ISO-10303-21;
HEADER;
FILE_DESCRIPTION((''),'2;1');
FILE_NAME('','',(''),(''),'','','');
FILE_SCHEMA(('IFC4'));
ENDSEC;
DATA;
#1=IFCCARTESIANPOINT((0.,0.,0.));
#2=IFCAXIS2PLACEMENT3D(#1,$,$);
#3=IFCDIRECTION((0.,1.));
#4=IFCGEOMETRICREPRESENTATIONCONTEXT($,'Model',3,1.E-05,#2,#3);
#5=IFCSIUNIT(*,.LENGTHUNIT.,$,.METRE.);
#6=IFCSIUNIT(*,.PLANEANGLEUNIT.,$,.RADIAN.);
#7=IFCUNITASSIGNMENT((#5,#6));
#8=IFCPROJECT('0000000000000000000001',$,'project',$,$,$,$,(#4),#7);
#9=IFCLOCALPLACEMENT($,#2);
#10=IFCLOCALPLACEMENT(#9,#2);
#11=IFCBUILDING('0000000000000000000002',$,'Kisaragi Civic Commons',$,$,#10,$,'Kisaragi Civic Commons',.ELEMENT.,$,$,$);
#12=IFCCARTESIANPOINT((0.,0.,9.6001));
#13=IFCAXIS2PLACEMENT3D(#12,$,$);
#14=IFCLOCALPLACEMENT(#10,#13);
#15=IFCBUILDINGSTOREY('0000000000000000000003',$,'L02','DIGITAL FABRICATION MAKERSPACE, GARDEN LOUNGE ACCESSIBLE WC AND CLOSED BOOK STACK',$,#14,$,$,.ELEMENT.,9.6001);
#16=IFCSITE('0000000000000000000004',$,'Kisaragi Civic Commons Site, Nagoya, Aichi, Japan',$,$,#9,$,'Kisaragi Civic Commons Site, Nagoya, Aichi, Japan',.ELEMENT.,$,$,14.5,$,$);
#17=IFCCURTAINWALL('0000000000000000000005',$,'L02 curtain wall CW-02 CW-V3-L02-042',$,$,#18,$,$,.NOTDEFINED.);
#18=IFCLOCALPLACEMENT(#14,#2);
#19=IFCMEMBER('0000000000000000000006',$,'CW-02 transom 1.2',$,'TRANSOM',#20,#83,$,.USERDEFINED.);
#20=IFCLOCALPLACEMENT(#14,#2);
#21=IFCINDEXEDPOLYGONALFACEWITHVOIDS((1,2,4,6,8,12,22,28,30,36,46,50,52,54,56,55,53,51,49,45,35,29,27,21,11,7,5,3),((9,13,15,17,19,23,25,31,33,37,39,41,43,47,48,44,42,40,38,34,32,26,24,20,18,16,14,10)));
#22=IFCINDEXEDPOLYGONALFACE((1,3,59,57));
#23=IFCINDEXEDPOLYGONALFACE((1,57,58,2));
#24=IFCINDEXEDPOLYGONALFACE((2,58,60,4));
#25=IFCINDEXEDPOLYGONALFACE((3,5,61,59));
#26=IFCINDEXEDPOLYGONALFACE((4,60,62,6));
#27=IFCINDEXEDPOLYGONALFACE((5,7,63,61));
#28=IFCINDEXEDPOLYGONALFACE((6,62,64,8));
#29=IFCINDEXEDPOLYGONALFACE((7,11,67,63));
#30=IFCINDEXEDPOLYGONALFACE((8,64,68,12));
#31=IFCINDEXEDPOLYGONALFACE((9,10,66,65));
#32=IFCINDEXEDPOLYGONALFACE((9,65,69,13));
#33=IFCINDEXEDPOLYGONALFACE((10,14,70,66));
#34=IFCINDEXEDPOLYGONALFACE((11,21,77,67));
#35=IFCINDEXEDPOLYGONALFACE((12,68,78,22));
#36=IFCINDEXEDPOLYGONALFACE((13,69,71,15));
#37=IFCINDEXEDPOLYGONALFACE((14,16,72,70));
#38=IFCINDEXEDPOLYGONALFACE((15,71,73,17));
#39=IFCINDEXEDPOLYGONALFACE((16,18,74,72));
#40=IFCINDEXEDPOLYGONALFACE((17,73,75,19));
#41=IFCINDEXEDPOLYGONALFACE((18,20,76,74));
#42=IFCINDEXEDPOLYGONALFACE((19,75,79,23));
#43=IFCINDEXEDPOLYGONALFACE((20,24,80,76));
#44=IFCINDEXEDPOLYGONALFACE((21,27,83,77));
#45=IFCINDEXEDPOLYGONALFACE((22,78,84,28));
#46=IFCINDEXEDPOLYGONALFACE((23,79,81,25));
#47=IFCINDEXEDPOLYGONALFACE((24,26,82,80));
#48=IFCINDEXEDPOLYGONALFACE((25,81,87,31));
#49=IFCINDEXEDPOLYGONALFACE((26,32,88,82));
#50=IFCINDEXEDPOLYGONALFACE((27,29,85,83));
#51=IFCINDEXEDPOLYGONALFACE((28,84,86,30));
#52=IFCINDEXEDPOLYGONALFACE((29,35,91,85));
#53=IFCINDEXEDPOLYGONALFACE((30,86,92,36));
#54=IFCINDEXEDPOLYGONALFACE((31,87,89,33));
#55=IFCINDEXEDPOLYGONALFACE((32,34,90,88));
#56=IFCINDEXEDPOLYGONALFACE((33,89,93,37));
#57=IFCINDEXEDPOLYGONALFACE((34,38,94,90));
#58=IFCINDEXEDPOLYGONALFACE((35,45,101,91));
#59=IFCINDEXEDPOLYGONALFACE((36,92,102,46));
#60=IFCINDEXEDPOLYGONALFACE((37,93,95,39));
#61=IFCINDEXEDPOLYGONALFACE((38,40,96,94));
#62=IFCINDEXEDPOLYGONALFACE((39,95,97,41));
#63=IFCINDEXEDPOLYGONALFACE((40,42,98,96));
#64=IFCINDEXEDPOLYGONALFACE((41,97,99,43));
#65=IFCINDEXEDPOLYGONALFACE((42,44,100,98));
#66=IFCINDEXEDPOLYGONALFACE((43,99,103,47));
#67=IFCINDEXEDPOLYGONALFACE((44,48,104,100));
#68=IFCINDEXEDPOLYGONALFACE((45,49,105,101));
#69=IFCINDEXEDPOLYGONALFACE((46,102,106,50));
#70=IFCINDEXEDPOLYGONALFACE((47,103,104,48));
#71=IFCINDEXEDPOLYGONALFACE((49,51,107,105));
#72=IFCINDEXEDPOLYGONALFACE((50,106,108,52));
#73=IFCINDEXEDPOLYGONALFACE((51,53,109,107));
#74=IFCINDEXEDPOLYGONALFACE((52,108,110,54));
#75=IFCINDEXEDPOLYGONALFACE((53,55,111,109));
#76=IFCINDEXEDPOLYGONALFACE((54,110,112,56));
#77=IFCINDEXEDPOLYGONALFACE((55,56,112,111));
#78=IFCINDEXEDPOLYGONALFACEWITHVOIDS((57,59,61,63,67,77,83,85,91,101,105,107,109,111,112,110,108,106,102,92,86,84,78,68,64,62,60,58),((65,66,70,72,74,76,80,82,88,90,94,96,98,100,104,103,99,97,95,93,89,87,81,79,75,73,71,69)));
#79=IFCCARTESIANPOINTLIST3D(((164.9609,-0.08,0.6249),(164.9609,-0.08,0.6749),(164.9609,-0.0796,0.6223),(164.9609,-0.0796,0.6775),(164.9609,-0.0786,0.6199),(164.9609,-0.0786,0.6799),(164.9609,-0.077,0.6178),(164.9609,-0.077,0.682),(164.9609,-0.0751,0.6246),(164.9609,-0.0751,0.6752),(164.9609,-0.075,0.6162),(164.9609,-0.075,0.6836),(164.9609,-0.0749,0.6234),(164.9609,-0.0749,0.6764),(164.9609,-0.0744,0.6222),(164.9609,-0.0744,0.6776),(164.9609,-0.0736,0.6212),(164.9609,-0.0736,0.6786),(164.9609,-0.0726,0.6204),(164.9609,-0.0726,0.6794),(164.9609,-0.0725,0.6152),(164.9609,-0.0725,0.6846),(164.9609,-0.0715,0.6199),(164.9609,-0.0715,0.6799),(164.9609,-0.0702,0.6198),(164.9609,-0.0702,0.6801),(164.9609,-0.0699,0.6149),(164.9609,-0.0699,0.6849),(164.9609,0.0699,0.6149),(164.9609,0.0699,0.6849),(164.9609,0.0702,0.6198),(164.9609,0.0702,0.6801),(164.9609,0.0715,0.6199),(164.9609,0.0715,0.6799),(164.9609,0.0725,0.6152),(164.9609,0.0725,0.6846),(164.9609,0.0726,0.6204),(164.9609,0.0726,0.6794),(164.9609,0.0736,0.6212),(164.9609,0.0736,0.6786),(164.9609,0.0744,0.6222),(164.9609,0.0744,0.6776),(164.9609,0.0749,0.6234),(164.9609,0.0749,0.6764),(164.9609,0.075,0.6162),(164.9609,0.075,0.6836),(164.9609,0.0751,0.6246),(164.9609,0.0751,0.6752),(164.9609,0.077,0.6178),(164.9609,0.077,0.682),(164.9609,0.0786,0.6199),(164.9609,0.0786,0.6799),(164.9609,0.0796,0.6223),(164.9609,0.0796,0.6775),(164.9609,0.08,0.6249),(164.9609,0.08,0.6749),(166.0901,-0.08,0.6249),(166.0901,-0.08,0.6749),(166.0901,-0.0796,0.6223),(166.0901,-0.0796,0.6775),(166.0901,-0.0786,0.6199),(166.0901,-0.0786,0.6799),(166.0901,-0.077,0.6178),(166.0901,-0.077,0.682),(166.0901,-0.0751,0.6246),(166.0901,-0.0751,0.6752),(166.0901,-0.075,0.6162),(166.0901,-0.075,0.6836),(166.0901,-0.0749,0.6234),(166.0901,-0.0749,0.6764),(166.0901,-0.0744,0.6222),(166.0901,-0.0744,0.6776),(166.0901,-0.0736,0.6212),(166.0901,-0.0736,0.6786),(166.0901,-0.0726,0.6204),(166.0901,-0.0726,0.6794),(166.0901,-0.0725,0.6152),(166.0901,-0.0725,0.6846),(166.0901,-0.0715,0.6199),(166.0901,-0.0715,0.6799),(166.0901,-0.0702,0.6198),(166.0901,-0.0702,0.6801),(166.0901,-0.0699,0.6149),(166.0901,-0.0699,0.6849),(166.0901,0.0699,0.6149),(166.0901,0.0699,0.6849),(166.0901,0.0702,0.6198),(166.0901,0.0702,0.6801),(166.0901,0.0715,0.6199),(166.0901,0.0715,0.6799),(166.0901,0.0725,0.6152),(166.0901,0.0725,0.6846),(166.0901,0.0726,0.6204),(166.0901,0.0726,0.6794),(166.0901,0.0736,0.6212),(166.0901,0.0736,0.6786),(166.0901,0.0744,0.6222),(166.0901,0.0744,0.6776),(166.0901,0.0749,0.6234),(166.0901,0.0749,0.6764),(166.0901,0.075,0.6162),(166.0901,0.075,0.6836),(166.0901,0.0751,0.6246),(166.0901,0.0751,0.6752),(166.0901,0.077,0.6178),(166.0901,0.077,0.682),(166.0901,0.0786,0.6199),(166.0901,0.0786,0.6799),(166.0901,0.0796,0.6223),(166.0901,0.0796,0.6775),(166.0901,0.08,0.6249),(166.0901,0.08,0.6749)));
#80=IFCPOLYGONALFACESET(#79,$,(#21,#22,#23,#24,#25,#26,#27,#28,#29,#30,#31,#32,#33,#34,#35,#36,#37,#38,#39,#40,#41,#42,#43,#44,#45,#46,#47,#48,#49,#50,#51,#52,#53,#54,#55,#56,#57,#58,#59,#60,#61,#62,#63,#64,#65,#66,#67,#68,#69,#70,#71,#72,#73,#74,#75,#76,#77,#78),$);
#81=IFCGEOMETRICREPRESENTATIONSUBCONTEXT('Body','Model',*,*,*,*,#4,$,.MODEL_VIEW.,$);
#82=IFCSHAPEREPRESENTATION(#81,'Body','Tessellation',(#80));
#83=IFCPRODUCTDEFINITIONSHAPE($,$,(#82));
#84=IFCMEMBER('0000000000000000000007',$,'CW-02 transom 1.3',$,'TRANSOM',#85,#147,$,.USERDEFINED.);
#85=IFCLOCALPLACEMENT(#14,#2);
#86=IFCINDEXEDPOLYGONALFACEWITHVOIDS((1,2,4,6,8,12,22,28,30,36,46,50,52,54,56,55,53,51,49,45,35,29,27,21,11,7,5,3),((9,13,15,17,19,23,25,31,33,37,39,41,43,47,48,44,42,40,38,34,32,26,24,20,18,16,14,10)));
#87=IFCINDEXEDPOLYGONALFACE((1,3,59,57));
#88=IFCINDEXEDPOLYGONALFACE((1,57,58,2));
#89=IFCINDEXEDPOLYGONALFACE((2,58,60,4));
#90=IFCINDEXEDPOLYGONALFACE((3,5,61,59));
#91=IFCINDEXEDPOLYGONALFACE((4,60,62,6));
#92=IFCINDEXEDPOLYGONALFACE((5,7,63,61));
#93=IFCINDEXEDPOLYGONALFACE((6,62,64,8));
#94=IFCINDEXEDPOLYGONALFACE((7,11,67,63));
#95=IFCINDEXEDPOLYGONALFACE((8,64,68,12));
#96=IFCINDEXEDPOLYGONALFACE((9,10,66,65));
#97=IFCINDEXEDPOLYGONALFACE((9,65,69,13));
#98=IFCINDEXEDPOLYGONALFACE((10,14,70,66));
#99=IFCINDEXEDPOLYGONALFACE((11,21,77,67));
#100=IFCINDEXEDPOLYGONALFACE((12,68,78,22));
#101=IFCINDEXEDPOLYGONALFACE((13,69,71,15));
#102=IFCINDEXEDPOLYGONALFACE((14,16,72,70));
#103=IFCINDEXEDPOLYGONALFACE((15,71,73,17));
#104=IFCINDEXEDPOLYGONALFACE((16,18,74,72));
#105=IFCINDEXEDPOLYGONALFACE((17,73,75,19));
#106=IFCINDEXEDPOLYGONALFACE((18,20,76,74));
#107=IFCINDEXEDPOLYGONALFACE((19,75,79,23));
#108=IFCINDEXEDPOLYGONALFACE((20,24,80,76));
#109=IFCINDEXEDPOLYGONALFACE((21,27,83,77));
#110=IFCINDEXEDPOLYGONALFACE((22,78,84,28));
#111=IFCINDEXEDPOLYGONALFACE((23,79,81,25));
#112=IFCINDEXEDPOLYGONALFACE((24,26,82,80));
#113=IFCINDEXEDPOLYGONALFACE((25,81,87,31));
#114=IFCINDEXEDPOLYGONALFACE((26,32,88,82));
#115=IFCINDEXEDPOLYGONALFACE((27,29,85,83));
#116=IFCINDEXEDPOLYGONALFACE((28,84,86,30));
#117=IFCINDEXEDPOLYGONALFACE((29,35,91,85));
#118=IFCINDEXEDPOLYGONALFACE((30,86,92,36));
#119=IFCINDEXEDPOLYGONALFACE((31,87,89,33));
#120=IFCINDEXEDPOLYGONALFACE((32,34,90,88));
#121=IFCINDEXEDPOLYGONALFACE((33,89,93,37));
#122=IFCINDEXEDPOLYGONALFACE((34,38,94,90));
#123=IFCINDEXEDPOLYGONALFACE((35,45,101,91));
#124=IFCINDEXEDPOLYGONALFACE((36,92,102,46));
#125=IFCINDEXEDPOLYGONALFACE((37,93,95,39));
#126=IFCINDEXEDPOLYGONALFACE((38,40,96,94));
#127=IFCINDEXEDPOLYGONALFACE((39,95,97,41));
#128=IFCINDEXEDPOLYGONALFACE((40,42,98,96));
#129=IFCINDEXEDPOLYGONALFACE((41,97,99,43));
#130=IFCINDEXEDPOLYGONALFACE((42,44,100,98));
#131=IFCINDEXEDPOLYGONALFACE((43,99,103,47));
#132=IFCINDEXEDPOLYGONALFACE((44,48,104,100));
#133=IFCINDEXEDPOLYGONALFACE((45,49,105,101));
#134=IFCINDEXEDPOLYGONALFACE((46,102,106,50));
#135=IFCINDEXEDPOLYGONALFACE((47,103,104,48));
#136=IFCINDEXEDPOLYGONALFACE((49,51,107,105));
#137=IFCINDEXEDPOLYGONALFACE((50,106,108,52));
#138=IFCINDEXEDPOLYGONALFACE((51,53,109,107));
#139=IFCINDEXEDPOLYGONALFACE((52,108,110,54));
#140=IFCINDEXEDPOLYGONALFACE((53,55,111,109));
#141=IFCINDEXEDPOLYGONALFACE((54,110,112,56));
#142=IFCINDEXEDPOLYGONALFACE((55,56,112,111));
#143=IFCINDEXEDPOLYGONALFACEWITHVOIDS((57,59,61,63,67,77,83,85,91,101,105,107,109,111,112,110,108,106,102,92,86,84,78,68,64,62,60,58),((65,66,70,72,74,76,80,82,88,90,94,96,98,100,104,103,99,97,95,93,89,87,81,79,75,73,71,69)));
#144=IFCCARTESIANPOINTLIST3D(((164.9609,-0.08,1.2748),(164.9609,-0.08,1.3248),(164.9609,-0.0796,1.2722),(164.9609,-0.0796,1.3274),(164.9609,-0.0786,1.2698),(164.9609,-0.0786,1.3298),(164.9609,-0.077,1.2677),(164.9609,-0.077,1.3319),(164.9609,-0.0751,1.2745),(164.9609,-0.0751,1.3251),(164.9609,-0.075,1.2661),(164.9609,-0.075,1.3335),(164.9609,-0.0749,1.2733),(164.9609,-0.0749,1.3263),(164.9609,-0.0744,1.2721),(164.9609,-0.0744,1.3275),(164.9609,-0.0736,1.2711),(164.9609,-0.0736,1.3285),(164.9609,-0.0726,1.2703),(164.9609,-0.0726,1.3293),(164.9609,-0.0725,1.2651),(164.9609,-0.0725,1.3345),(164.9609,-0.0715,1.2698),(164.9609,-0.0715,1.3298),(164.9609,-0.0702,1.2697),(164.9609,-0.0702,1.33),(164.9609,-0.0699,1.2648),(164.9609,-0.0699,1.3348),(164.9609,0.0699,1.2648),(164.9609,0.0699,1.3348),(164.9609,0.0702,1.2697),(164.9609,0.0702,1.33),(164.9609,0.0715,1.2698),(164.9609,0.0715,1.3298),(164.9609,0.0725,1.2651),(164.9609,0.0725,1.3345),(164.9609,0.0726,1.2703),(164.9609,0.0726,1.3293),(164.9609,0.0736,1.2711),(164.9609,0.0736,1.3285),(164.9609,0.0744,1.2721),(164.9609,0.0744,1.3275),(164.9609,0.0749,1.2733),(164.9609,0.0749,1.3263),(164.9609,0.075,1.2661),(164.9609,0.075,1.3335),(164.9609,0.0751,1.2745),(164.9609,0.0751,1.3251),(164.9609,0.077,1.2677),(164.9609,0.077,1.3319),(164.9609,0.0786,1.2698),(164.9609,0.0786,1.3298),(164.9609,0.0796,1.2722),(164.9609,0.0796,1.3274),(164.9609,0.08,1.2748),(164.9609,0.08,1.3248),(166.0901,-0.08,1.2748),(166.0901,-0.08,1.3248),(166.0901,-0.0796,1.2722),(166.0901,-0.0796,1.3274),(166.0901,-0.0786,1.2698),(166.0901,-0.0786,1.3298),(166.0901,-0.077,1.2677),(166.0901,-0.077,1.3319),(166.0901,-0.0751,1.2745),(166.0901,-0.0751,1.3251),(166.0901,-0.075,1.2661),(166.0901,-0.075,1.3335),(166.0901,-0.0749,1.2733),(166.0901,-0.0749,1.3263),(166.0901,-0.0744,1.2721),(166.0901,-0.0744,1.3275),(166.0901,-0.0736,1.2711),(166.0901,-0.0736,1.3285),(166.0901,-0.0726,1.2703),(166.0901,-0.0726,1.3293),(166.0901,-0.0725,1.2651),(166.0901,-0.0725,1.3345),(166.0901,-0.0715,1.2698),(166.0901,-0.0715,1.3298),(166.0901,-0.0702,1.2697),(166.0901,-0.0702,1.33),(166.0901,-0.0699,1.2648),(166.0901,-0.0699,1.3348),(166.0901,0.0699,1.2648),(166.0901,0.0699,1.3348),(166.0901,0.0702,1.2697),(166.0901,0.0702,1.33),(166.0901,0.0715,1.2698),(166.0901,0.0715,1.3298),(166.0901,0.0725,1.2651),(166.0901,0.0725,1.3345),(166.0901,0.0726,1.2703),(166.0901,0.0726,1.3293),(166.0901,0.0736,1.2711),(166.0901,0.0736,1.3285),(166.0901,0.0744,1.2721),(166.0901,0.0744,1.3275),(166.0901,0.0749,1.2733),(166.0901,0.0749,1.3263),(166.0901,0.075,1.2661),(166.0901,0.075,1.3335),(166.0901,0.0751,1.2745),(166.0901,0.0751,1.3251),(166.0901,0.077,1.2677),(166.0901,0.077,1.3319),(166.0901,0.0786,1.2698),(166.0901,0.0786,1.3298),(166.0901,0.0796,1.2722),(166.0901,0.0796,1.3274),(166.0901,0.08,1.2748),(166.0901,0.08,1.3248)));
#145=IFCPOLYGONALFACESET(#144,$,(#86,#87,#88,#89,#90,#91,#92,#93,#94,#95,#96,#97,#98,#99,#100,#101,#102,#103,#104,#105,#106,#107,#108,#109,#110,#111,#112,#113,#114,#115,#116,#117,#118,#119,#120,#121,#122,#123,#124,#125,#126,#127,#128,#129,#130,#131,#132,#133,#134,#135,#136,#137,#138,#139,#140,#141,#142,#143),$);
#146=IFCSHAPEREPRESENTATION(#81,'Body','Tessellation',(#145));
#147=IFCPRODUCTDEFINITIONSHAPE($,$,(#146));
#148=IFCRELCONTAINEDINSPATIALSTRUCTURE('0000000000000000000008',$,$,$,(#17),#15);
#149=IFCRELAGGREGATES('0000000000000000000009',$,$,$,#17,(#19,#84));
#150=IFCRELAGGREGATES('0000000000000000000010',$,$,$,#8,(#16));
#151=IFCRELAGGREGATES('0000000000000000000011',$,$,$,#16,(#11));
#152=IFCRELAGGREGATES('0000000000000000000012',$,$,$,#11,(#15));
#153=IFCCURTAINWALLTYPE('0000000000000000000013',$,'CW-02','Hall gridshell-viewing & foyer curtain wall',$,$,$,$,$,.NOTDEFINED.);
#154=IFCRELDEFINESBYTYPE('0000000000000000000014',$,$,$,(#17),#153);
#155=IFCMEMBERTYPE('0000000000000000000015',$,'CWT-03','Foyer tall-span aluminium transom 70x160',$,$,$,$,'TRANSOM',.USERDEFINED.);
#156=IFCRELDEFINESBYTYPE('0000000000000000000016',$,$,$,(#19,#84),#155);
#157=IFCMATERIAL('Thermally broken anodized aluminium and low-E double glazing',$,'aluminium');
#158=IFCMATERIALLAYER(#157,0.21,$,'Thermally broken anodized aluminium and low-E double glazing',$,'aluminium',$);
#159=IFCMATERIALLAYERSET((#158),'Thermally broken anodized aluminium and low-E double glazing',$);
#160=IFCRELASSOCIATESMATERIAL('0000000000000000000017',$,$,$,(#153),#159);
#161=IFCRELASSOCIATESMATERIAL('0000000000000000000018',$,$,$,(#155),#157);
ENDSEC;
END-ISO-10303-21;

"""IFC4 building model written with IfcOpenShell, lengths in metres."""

from ifc_helpers import new_model, si_unit, direction, frame, origin, origin_2d, place, context, subcontext, project, spatial, hollow_rectangle, extrude, material, layer, layer_set, material_profile, profile_set, type_object, element, aggregate, save


model = new_model("IFC4")

# Units and contexts
model_context = context("Model", 3, precision=1e-05, world=origin(), true_north=direction((0.0, 1.0)))
body_context = subcontext(model_context, "Body", "Model", "MODEL_VIEW")
ifc_project = project(units=[si_unit("LENGTHUNIT", "METRE"), si_unit("PLANEANGLEUNIT", "RADIAN")], contexts=[model_context])

# Site, building, storey
site_placement = place(None, origin())
site = spatial("IfcSite", under=ifc_project, at=site_placement, Name="Kisaragi Civic Commons Site, Nagoya, Aichi, Japan", LongName="Kisaragi Civic Commons Site, Nagoya, Aichi, Japan", CompositionType="ELEMENT", RefElevation=14.5)
building_placement = place(site_placement, origin())
building = spatial("IfcBuilding", under=site, at=building_placement, Name="Kisaragi Civic Commons", LongName="Kisaragi Civic Commons", CompositionType="ELEMENT")
storey_placement = place(building_placement, frame((0.0, 0.0, 9.6001)))
storey = spatial("IfcBuildingStorey", under=building, at=storey_placement, Name="L02", Description="DIGITAL FABRICATION MAKERSPACE, GARDEN LOUNGE ACCESSIBLE WC AND CLOSED BOOK STACK", CompositionType="ELEMENT", Elevation=9.6001)

# Shared definitions
ifc_material_1 = material(Name="Thermally broken anodized aluminium and low-E double glazing", Category="aluminium")
ifc_layer_1 = layer(ifc_material_1, 0.21, Name="Thermally broken anodized aluminium and low-E double glazing", Category="aluminium")
ifc_layer_set_1 = layer_set([ifc_layer_1], Name="Thermally broken anodized aluminium and low-E double glazing")
curtain_wall_type = type_object("IfcCurtainWallType", Name="CW-02", Description="Hall gridshell-viewing & foyer curtain wall", PredefinedType="NOTDEFINED", material=ifc_layer_set_1)

# Curtain wall
curtain_wall_1_placement = place(storey_placement, origin())
curtain_wall_1 = element("IfcCurtainWall", 1, at=curtain_wall_1_placement, inside=storey, type_object=curtain_wall_type, Name="L02 curtain wall CW-02 CW-V3-L02-042", PredefinedType="NOTDEFINED")

# Members
ifc_material_profile_1 = material_profile(ifc_material_1, hollow_rectangle(XDim=0.1599, YDim=0.0701, WallThickness=0.0049, InnerFilletRadius=0.0049, OuterFilletRadius=0.01, at=origin_2d()), Name="CWT-70x160x5", Category="aluminium")
ifc_profile_set_1 = profile_set([ifc_material_profile_1], Name="Thermally broken anodized aluminium and low-E double glazing")
member_type_1 = type_object("IfcMemberType", Name="CWT-03", Description="Foyer tall-span aluminium transom 70x160", ElementType="TRANSOM", PredefinedType="USERDEFINED", material=ifc_profile_set_1)
member_1_placement = place(storey_placement, frame((166.0901, 0.0, 0.6499), z_axis=(-1.0, 0.0, 0.0), x_axis=(0.0, -1.0, 0.0)))
member_1 = element("IfcMember", 2, at=member_1_placement, type_object=member_type_1, Name="CW-02 transom 1.2", ObjectType="TRANSOM", PredefinedType="USERDEFINED", context=body_context, shape_type="SweptSolid", body=[
    extrude(hollow_rectangle(XDim=0.1599, YDim=0.0701, WallThickness=0.0049, InnerFilletRadius=0.0049, OuterFilletRadius=0.01, at=origin_2d()), origin(), (0.0, 0.0, 1.0), 1.1292),
])
member_2_placement = place(storey_placement, frame((166.0901, 0.0, 1.2998), z_axis=(-1.0, 0.0, 0.0), x_axis=(0.0, -1.0, 0.0)))
member_2 = element("IfcMember", 3, at=member_2_placement, type_object=member_type_1, Name="CW-02 transom 1.3", ObjectType="TRANSOM", PredefinedType="USERDEFINED", context=body_context, shape_type="SweptSolid", body=[
    extrude(hollow_rectangle(XDim=0.1599, YDim=0.0701, WallThickness=0.0049, InnerFilletRadius=0.0049, OuterFilletRadius=0.01, at=origin_2d()), origin(), (0.0, 0.0, 1.0), 1.1292),
])

aggregate(curtain_wall_1, [member_1, member_2])

save(model, "model.ifc")
